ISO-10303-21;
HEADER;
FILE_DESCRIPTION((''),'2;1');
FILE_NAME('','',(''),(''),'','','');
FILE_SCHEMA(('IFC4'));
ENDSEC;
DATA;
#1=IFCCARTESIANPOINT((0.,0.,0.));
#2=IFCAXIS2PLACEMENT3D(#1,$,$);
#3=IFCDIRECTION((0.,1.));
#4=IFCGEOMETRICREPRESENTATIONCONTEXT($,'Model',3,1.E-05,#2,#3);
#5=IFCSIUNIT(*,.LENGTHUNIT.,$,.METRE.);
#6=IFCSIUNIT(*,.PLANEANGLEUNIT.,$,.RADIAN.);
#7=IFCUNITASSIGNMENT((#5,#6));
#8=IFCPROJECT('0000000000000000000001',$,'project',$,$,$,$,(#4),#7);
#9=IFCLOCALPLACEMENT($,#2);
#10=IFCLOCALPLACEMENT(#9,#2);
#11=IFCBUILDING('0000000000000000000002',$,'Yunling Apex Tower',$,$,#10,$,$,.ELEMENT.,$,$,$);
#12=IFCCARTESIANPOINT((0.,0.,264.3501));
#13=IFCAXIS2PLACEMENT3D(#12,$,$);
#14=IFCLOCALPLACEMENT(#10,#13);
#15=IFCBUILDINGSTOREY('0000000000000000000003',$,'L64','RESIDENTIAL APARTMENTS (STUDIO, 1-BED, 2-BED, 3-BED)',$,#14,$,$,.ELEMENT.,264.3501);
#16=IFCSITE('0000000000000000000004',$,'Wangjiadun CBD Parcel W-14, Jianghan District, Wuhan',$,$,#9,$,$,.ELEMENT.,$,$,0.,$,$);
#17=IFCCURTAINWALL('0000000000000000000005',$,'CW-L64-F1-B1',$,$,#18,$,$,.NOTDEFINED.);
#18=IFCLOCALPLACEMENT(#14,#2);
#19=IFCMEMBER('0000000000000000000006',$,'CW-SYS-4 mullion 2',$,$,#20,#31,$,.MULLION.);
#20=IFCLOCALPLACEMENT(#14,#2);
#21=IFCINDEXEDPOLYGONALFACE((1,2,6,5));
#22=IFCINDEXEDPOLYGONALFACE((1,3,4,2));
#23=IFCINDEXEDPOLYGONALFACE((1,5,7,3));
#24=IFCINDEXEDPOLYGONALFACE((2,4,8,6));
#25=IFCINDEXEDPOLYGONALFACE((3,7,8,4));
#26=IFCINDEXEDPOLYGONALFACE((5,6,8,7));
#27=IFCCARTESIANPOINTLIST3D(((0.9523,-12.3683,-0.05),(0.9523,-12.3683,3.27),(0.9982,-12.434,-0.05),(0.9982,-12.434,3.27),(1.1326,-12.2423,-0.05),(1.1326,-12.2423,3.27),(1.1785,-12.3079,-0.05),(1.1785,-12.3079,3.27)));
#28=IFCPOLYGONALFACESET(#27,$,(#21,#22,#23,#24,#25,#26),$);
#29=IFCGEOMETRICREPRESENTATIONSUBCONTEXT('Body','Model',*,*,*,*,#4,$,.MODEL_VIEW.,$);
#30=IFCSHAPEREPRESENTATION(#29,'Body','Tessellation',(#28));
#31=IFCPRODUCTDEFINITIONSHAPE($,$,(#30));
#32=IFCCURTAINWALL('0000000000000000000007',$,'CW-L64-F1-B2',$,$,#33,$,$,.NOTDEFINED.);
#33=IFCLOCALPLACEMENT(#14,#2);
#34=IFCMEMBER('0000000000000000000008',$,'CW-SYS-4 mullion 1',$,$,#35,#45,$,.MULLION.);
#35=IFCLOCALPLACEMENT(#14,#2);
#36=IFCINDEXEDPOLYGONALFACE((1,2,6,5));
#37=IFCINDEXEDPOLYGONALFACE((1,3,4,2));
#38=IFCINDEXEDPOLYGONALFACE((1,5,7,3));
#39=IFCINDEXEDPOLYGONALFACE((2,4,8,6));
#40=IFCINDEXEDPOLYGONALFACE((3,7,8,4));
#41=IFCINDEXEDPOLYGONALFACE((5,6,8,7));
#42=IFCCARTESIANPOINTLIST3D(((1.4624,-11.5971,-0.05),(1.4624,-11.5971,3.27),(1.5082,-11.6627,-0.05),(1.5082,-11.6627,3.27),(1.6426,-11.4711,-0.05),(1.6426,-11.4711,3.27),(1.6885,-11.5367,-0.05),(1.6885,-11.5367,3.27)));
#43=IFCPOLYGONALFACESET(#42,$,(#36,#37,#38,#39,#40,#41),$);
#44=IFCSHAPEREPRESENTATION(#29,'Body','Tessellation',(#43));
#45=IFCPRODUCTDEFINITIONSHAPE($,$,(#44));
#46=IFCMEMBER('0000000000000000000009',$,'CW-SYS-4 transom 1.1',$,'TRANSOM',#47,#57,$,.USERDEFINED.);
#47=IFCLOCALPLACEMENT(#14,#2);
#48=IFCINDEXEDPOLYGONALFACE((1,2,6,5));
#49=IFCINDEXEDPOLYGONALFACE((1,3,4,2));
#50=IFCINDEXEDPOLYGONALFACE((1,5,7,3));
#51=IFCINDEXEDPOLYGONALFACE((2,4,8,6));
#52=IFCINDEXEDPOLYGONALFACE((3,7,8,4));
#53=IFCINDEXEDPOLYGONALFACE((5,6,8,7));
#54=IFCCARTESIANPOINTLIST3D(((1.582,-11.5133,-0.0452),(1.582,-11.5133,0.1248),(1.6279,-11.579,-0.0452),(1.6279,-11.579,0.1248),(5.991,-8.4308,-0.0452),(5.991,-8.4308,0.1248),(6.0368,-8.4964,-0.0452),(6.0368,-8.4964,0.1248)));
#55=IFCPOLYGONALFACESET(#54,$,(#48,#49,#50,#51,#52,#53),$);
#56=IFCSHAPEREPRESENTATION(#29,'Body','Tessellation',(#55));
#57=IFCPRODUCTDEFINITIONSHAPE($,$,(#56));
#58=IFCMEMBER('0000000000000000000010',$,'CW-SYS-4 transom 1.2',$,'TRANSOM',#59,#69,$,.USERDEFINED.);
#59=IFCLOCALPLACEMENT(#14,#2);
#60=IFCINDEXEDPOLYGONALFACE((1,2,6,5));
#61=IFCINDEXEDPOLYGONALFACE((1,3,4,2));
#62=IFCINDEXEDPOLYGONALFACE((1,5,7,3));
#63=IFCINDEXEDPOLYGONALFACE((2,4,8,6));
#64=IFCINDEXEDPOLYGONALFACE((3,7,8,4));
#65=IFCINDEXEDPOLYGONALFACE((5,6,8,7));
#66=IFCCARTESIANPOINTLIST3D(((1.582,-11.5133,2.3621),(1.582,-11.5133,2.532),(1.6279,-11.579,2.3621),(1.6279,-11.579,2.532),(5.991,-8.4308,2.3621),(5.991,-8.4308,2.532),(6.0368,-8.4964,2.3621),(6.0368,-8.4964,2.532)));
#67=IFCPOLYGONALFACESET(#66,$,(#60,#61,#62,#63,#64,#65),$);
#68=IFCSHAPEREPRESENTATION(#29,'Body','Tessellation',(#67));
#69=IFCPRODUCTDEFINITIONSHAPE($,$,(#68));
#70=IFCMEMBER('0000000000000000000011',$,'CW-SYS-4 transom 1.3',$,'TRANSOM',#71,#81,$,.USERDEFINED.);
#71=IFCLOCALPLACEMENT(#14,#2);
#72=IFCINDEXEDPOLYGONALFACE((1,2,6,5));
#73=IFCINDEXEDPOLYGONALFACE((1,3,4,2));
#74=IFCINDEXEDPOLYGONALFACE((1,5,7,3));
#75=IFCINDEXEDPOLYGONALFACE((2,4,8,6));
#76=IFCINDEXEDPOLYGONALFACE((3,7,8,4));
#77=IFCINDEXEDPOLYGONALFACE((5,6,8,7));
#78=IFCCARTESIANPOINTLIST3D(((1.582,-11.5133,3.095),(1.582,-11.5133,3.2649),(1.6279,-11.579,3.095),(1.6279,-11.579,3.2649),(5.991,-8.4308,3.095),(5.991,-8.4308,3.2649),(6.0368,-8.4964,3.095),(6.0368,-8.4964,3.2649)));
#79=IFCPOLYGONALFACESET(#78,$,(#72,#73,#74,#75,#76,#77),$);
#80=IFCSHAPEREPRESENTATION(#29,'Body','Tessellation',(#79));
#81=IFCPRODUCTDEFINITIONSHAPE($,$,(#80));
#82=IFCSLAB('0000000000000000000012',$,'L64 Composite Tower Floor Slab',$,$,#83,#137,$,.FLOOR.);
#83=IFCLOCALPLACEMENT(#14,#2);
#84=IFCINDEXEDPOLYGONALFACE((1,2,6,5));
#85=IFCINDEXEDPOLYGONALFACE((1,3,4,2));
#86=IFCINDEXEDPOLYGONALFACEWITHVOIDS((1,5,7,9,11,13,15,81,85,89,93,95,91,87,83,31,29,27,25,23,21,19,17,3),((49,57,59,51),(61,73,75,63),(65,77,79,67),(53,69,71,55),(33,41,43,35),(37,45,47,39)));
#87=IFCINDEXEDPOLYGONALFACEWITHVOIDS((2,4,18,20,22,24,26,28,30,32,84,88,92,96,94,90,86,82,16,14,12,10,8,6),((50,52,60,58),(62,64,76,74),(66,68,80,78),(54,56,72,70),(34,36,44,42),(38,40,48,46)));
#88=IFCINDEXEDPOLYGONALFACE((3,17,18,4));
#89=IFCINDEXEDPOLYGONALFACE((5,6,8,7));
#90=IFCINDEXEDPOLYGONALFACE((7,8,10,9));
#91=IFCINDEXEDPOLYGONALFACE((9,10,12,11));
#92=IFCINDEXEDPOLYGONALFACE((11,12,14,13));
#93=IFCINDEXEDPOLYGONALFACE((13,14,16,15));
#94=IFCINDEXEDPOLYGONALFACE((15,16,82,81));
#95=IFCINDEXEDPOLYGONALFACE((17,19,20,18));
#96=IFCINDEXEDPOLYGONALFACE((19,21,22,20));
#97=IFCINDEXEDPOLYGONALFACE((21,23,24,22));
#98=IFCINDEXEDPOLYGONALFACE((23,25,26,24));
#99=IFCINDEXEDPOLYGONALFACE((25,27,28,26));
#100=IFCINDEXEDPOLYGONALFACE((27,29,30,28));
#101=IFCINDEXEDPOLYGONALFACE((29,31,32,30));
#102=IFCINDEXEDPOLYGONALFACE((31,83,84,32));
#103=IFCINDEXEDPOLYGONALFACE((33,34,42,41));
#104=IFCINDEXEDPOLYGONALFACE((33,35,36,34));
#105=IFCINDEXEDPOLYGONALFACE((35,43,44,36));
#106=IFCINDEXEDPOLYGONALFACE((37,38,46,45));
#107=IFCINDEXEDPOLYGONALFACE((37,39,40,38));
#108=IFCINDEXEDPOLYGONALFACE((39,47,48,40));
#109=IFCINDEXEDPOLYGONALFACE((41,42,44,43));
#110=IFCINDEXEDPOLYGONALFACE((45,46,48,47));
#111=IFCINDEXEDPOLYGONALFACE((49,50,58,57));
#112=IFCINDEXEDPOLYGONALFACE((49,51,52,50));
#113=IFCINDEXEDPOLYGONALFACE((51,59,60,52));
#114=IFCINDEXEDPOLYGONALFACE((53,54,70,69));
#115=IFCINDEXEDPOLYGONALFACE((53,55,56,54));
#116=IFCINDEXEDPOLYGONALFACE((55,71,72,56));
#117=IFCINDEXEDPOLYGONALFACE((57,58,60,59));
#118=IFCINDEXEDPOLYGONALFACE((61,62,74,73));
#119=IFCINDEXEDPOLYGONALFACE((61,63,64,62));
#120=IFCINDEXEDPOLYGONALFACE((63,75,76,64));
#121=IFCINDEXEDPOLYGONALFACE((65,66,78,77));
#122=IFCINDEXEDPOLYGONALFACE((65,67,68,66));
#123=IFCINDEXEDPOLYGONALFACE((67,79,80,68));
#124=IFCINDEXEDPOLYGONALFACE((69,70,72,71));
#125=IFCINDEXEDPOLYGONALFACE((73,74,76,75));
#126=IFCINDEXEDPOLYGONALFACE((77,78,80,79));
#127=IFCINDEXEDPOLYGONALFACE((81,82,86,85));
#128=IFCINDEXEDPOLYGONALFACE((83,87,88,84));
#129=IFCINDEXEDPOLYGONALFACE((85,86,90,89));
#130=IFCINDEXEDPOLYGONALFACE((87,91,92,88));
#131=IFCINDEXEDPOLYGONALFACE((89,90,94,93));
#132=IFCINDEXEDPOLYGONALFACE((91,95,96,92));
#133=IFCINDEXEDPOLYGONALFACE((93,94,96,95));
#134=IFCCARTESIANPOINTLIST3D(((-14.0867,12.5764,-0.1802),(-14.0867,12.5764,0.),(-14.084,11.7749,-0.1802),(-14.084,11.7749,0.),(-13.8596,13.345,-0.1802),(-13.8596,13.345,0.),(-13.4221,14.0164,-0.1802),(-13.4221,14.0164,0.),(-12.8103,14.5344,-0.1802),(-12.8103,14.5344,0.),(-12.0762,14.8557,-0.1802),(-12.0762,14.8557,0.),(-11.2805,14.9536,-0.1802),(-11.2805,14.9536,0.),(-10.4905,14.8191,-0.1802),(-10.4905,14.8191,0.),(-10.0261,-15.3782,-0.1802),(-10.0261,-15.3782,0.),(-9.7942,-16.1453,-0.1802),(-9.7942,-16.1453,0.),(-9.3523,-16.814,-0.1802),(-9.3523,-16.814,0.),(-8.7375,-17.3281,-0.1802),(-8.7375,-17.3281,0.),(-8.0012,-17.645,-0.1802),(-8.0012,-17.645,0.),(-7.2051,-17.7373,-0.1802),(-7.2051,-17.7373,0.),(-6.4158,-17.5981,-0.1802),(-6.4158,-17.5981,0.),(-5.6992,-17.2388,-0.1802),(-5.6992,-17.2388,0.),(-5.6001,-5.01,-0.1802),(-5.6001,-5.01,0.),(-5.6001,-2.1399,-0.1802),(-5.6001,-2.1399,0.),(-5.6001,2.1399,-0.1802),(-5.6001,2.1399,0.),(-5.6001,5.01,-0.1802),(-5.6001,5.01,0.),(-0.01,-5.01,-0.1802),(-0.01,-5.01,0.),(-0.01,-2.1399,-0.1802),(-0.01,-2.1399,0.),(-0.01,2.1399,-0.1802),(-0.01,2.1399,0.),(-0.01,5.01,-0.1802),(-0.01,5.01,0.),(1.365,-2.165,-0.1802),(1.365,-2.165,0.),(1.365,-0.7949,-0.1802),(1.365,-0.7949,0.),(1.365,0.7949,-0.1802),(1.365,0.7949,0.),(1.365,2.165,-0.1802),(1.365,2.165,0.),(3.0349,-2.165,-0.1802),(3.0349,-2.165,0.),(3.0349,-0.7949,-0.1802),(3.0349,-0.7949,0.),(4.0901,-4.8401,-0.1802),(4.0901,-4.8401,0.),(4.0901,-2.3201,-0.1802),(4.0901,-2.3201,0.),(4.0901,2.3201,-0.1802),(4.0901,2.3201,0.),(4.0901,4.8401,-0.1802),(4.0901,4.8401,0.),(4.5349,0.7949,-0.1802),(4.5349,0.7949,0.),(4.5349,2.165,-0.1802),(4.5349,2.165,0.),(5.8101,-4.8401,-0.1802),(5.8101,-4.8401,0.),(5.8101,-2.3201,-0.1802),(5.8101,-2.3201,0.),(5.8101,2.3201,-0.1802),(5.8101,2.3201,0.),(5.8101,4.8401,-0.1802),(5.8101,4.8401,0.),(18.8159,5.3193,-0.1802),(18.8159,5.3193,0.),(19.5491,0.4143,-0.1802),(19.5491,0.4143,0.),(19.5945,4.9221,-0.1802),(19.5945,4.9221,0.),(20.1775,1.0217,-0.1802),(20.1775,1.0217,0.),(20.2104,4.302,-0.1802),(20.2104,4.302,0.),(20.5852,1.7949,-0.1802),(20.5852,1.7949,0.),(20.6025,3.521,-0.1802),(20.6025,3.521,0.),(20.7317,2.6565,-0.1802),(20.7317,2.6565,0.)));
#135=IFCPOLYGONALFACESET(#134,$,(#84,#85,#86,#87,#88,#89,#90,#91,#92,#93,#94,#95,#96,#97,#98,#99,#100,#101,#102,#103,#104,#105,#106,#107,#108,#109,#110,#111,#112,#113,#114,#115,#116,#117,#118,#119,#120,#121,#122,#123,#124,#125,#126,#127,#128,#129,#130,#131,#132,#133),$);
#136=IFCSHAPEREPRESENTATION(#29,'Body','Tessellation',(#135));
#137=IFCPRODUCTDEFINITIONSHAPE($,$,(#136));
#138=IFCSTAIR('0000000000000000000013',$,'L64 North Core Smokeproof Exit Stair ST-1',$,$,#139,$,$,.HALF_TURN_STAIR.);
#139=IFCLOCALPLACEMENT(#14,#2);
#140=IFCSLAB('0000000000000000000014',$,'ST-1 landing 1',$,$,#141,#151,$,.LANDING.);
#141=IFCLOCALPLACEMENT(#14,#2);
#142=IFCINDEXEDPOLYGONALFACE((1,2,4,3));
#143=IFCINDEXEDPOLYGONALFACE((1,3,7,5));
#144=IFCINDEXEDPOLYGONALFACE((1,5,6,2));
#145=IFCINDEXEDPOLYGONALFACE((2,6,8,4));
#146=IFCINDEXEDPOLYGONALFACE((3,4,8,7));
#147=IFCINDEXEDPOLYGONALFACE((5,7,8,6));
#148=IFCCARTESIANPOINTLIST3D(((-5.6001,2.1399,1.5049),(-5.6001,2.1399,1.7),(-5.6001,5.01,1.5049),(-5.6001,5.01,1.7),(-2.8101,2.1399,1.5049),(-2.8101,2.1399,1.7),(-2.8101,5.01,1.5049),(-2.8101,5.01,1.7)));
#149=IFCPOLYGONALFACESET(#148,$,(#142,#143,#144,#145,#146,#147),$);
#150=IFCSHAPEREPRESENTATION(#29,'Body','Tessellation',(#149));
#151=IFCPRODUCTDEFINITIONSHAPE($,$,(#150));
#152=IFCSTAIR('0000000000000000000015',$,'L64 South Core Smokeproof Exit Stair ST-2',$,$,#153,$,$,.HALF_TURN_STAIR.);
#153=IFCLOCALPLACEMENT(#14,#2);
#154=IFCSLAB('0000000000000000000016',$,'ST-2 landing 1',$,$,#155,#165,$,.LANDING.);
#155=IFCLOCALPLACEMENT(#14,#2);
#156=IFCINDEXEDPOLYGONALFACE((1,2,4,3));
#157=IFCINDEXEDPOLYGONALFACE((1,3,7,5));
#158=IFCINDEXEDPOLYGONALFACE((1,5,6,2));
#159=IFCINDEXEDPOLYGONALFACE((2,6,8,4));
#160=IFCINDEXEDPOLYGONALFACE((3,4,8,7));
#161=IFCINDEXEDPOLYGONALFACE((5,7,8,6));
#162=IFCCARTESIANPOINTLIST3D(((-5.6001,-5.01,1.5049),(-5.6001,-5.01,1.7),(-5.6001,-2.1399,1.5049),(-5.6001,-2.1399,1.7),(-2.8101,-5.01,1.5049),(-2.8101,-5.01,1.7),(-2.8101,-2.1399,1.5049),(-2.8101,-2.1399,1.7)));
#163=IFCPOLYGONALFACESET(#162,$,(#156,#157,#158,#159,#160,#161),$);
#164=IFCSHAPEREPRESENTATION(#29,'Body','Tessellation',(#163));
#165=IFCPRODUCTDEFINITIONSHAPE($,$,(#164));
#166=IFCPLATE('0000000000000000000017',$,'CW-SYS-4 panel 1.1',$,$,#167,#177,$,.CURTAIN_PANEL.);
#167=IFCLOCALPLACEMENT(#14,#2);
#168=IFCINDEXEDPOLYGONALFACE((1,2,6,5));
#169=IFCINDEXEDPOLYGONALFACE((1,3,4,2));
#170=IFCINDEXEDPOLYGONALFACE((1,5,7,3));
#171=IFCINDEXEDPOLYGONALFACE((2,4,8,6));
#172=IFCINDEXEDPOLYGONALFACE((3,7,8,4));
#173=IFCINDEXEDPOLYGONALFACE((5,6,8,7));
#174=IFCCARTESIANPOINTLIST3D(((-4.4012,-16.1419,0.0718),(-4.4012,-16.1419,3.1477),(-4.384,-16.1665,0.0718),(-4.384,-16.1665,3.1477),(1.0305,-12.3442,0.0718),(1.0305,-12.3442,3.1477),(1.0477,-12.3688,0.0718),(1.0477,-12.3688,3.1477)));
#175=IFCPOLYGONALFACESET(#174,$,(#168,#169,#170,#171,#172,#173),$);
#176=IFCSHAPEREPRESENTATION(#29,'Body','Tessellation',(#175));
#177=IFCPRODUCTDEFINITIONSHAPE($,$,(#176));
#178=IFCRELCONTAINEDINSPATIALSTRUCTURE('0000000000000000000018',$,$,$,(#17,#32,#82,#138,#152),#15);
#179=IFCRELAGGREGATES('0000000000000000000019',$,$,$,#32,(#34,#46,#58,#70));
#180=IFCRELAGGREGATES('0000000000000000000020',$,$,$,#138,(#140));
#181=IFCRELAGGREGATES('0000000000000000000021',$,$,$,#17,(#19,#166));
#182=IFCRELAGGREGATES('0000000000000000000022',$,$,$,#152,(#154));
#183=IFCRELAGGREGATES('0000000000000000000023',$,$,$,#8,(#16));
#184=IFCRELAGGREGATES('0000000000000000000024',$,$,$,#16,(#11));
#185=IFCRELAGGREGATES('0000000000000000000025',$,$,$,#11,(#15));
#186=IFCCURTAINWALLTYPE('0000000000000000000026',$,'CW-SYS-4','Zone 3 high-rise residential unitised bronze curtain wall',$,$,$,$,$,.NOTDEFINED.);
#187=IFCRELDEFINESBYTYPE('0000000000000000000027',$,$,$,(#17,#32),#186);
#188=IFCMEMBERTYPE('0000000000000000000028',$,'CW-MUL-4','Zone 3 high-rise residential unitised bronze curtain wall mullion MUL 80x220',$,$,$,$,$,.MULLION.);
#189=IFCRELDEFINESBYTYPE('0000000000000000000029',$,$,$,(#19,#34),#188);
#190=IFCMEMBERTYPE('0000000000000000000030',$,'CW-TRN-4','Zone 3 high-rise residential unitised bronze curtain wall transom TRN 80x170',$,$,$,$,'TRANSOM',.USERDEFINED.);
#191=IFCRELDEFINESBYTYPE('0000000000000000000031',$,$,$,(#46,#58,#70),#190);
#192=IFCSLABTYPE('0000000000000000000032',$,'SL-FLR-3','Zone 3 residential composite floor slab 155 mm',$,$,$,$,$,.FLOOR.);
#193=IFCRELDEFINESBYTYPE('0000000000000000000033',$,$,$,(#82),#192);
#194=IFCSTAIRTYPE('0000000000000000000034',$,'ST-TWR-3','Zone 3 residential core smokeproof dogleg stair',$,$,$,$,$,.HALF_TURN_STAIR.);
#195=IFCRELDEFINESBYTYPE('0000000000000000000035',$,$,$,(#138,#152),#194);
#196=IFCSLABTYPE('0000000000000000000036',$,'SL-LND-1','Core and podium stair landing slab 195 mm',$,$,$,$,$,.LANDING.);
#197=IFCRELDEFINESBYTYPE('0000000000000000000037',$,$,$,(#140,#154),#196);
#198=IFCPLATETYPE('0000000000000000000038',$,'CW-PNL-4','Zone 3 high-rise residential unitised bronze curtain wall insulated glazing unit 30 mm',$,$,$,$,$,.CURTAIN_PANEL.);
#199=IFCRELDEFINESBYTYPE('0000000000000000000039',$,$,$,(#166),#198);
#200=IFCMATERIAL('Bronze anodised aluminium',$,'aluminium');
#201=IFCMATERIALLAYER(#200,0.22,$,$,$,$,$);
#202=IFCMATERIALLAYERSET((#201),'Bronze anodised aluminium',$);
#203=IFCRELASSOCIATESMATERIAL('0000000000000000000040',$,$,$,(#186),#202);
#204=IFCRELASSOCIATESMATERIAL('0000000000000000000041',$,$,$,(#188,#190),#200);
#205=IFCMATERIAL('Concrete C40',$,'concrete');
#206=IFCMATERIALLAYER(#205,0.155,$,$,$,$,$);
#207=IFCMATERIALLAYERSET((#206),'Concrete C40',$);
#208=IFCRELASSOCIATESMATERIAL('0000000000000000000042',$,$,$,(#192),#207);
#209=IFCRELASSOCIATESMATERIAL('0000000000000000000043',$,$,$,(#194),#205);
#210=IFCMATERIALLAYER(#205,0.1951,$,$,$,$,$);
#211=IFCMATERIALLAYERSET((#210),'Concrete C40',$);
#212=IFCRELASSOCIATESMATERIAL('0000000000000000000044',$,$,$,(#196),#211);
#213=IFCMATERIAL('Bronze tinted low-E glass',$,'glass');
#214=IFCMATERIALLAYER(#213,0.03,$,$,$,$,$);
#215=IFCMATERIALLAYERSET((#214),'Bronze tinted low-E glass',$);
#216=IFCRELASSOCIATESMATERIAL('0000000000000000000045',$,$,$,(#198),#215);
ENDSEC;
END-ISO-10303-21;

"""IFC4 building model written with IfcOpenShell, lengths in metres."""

from ifc_helpers import new_model, si_unit, direction, frame, origin, origin_2d, place, context, subcontext, project, spatial, polyline, rectangle, outline, extrude, source, transform, mapped, material, layer, layer_set, material_profile, profile_set, type_object, element, aggregate, save


model = new_model("IFC4")

# Units and contexts
model_context = context("Model", 3, precision=1e-05, world=origin(), true_north=direction((0.0, 1.0)))
body_context = subcontext(model_context, "Body", "Model", "MODEL_VIEW")
ifc_project = project(units=[si_unit("LENGTHUNIT", "METRE"), si_unit("PLANEANGLEUNIT", "RADIAN")], contexts=[model_context])

# Site, building, storey
site_placement = place(None, origin())
site = spatial("IfcSite", under=ifc_project, at=site_placement, Name="Wangjiadun CBD Parcel W-14, Jianghan District, Wuhan", CompositionType="ELEMENT", RefElevation=0.0)
building_placement = place(site_placement, origin())
building = spatial("IfcBuilding", under=site, at=building_placement, Name="Yunling Apex Tower", CompositionType="ELEMENT")
storey_placement = place(building_placement, frame((0.0, 0.0, 264.3501)))
storey = spatial("IfcBuildingStorey", under=building, at=storey_placement, Name="L64", Description="RESIDENTIAL APARTMENTS (STUDIO, 1-BED, 2-BED, 3-BED)", CompositionType="ELEMENT", Elevation=264.3501)

# Curtain wall, member
ifc_material_1 = material(Name="Bronze anodised aluminium", Category="aluminium")
ifc_layer_1 = layer(ifc_material_1, 0.22)
ifc_layer_set_1 = layer_set([ifc_layer_1], Name="Bronze anodised aluminium")
curtain_wall_type = type_object("IfcCurtainWallType", Name="CW-SYS-4", Description="Zone 3 high-rise residential unitised bronze curtain wall", PredefinedType="NOTDEFINED", material=ifc_layer_set_1)
curtain_wall_1_placement = place(storey_placement, origin())
curtain_wall_1 = element("IfcCurtainWall", 1, at=curtain_wall_1_placement, inside=storey, type_object=curtain_wall_type, Name="CW-L64-F1-B1", PredefinedType="NOTDEFINED")
ifc_material_profile_1 = material_profile(ifc_material_1, rectangle(XDim=0.0801, YDim=0.22, at=origin_2d()))
ifc_profile_set_1 = profile_set([ifc_material_profile_1], Name="Bronze anodised aluminium")
member_type_1 = type_object("IfcMemberType", Name="CW-MUL-4", Description="Zone 3 high-rise residential unitised bronze curtain wall mullion MUL 80x220", PredefinedType="MULLION", material=ifc_profile_set_1)
shared_shape_1 = source(origin(), body_context, "Body", "SweptSolid", [
    extrude(rectangle(XDim=0.0801, YDim=0.22, at=origin_2d()), origin(), (0.0, 0.0, 1.0), 3.3201),
])
member_1_placement = place(storey_placement, frame((1.0654, -12.3381, -0.05), z_axis=(0.0, 0.0, 1.0), x_axis=(-0.573, 0.819555, 0.0)))
member_1 = element("IfcMember", 2, at=member_1_placement, type_object=member_type_1, Name="CW-SYS-4 mullion 2", PredefinedType="MULLION", context=body_context, shape_type="MappedRepresentation", body=[
    mapped(shared_shape_1, transform((0.0, 0.0, 0.0), scale=1.0)),
])

# Curtain wall, members
curtain_wall_2_placement = place(storey_placement, origin())
curtain_wall_2 = element("IfcCurtainWall", 3, at=curtain_wall_2_placement, inside=storey, type_object=curtain_wall_type, Name="CW-L64-F1-B2", PredefinedType="NOTDEFINED")
member_2_placement = place(storey_placement, frame((1.5754, -11.5669, -0.05), z_axis=(0.0, 0.0, 1.0), x_axis=(-0.572999, 0.819556, 0.0)))
member_2 = element("IfcMember", 4, at=member_2_placement, type_object=member_type_1, Name="CW-SYS-4 mullion 1", PredefinedType="MULLION", context=body_context, shape_type="MappedRepresentation", body=[
    mapped(shared_shape_1, transform((0.0, 0.0, 0.0), scale=1.0)),
])
ifc_material_profile_2 = material_profile(ifc_material_1, rectangle(XDim=0.0801, YDim=0.1699, at=origin_2d()))
ifc_profile_set_2 = profile_set([ifc_material_profile_2], Name="Bronze anodised aluminium")
member_type_2 = type_object("IfcMemberType", Name="CW-TRN-4", Description="Zone 3 high-rise residential unitised bronze curtain wall transom TRN 80x170", ElementType="TRANSOM", PredefinedType="USERDEFINED", material=ifc_profile_set_2)
shared_shape_2 = source(origin(), body_context, "Body", "SweptSolid", [
    extrude(rectangle(XDim=0.0801, YDim=0.1699, at=origin_2d()), origin(), (0.0, 0.0, 1.0), 5.3796),
])
member_3_placement = place(storey_placement, frame((1.605, -11.5461, 0.0398), z_axis=(0.819558, 0.572996, 0.0), x_axis=(-0.572996, 0.819558, 0.0)))
member_3 = element("IfcMember", 5, at=member_3_placement, type_object=member_type_2, Name="CW-SYS-4 transom 1.1", ObjectType="TRANSOM", PredefinedType="USERDEFINED", context=body_context, shape_type="MappedRepresentation", body=[
    mapped(shared_shape_2, transform((0.0, 0.0, 0.0), scale=1.0)),
])
member_4_placement = place(storey_placement, frame((1.605, -11.5461, 2.447), z_axis=(0.819558, 0.572996, 0.0), x_axis=(-0.572996, 0.819558, 0.0)))
member_4 = element("IfcMember", 6, at=member_4_placement, type_object=member_type_2, Name="CW-SYS-4 transom 1.2", ObjectType="TRANSOM", PredefinedType="USERDEFINED", context=body_context, shape_type="MappedRepresentation", body=[
    mapped(shared_shape_2, transform((0.0, 0.0, 0.0), scale=1.0)),
])
member_5_placement = place(storey_placement, frame((1.605, -11.5461, 3.1799), z_axis=(0.819558, 0.572996, 0.0), x_axis=(-0.572996, 0.819558, 0.0)))
member_5 = element("IfcMember", 7, at=member_5_placement, type_object=member_type_2, Name="CW-SYS-4 transom 1.3", ObjectType="TRANSOM", PredefinedType="USERDEFINED", context=body_context, shape_type="MappedRepresentation", body=[
    mapped(shared_shape_2, transform((0.0, 0.0, 0.0), scale=1.0)),
])
aggregate(curtain_wall_2, [member_2, member_3, member_4, member_5])

# Slab
ifc_material_2 = material(Name="Concrete C40", Category="concrete")
ifc_layer_2 = layer(ifc_material_2, 0.155)
ifc_layer_set_2 = layer_set([ifc_layer_2], Name="Concrete C40")
slab_type_1 = type_object("IfcSlabType", Name="SL-FLR-3", Description="Zone 3 residential composite floor slab 155 mm", PredefinedType="FLOOR", material=ifc_layer_set_2)
slab_1_placement = place(storey_placement, frame((0.0, 0.0, -0.1802)))
element("IfcSlab", 8, at=slab_1_placement, inside=storey, type_object=slab_type_1, Name="L64 Composite Tower Floor Slab", PredefinedType="FLOOR", context=body_context, shape_type="SweptSolid", body=[
    extrude(outline(polyline([(-10.0261, -15.3782), (-9.7942, -16.1453), (-9.3523, -16.814), (-8.7375, -17.3281), (-8.0012, -17.645), (-7.2051, -17.7373), (-6.4158, -17.5981), (-5.6992, -17.2388), (19.5491, 0.4143), (20.1775, 1.0217), (20.5852, 1.7949), (20.7317, 2.6565), (20.6025, 3.521), (20.2104, 4.302), (19.5945, 4.9221), (18.8159, 5.3193), (-10.4905, 14.8191), (-11.2805, 14.9536), (-12.0762, 14.8557), (-12.8103, 14.5344), (-13.4221, 14.0164), (-13.8596, 13.345), (-14.0867, 12.5764), (-14.084, 11.7749), (-10.0261, -15.3782)]), holes=[polyline([(4.0901, 4.8401), (5.8101, 4.8401), (5.8101, 2.3201), (4.0901, 2.3201), (4.0901, 4.8401)]), polyline([(4.0901, -4.8401), (4.0901, -2.3201), (5.8101, -2.3201), (5.8101, -4.8401), (4.0901, -4.8401)]), polyline([(4.5349, 0.7949), (1.365, 0.7949), (1.365, 2.165), (4.5349, 2.165), (4.5349, 0.7949)]), polyline([(1.365, -0.7949), (3.0349, -0.7949), (3.0349, -2.165), (1.365, -2.165), (1.365, -0.7949)]), polyline([(-0.01, -5.01), (-5.6001, -5.01), (-5.6001, -2.1399), (-0.01, -2.1399), (-0.01, -5.01)]), polyline([(-0.01, 2.1399), (-5.6001, 2.1399), (-5.6001, 5.01), (-0.01, 5.01), (-0.01, 2.1399)])]), origin(), (0.0, 0.0, 1.0), 0.1802),
])

# Stairs, slabs
stair_type = type_object("IfcStairType", Name="ST-TWR-3", Description="Zone 3 residential core smokeproof dogleg stair", PredefinedType="HALF_TURN_STAIR", material=ifc_material_2)
stair_1_placement = place(storey_placement, origin())
stair_1 = element("IfcStair", 9, at=stair_1_placement, inside=storey, type_object=stair_type, Name="L64 North Core Smokeproof Exit Stair ST-1", PredefinedType="HALF_TURN_STAIR")
ifc_layer_3 = layer(ifc_material_2, 0.1951)
ifc_layer_set_3 = layer_set([ifc_layer_3], Name="Concrete C40")
slab_type_2 = type_object("IfcSlabType", Name="SL-LND-1", Description="Core and podium stair landing slab 195 mm", PredefinedType="LANDING", material=ifc_layer_set_3)
slab_2_placement = place(storey_placement, frame((0.0, 0.0, 1.5049)))
slab_2 = element("IfcSlab", 10, at=slab_2_placement, type_object=slab_type_2, Name="ST-1 landing 1", PredefinedType="LANDING", context=body_context, shape_type="SweptSolid", body=[
    extrude(outline(polyline([(-2.8101, 5.01), (-5.6001, 5.01), (-5.6001, 2.1399), (-2.8101, 2.1399), (-2.8101, 5.01)])), origin(), (0.0, 0.0, 1.0), 0.1951),
])
aggregate(stair_1, [slab_2])
stair_2_placement = place(storey_placement, origin())
stair_2 = element("IfcStair", 11, at=stair_2_placement, inside=storey, type_object=stair_type, Name="L64 South Core Smokeproof Exit Stair ST-2", PredefinedType="HALF_TURN_STAIR")
slab_3_placement = place(storey_placement, frame((0.0, 0.0, 1.5049)))
slab_3 = element("IfcSlab", 12, at=slab_3_placement, type_object=slab_type_2, Name="ST-2 landing 1", PredefinedType="LANDING", context=body_context, shape_type="SweptSolid", body=[
    extrude(outline(polyline([(-2.8101, -2.1399), (-5.6001, -2.1399), (-5.6001, -5.01), (-2.8101, -5.01), (-2.8101, -2.1399)])), origin(), (0.0, 0.0, 1.0), 0.1951),
])

# Plate
ifc_material_3 = material(Name="Bronze tinted low-E glass", Category="glass")
ifc_layer_4 = layer(ifc_material_3, 0.03)
ifc_layer_set_4 = layer_set([ifc_layer_4], Name="Bronze tinted low-E glass")
plate_type = type_object("IfcPlateType", Name="CW-PNL-4", Description="Zone 3 high-rise residential unitised bronze curtain wall insulated glazing unit 30 mm", PredefinedType="CURTAIN_PANEL", material=ifc_layer_set_4)
shared_shape_3 = source(origin(), body_context, "Body", "SweptSolid", [
    extrude(rectangle(XDim=6.6277, YDim=0.03, at=origin_2d()), origin(), (0.0, 0.0, 1.0), 3.0759),
])
plate_placement = place(storey_placement, frame((-1.6768, -14.2554, 0.0718), z_axis=(0.0, 0.0, 1.0), x_axis=(0.819555, 0.573, 0.0)))
plate = element("IfcPlate", 13, at=plate_placement, type_object=plate_type, Name="CW-SYS-4 panel 1.1", PredefinedType="CURTAIN_PANEL", context=body_context, shape_type="MappedRepresentation", body=[
    mapped(shared_shape_3, transform((0.0, 0.0, 0.0), scale=1.0)),
])
aggregate(curtain_wall_1, [member_1, plate])

aggregate(stair_2, [slab_3])

save(model, "model.ifc")
